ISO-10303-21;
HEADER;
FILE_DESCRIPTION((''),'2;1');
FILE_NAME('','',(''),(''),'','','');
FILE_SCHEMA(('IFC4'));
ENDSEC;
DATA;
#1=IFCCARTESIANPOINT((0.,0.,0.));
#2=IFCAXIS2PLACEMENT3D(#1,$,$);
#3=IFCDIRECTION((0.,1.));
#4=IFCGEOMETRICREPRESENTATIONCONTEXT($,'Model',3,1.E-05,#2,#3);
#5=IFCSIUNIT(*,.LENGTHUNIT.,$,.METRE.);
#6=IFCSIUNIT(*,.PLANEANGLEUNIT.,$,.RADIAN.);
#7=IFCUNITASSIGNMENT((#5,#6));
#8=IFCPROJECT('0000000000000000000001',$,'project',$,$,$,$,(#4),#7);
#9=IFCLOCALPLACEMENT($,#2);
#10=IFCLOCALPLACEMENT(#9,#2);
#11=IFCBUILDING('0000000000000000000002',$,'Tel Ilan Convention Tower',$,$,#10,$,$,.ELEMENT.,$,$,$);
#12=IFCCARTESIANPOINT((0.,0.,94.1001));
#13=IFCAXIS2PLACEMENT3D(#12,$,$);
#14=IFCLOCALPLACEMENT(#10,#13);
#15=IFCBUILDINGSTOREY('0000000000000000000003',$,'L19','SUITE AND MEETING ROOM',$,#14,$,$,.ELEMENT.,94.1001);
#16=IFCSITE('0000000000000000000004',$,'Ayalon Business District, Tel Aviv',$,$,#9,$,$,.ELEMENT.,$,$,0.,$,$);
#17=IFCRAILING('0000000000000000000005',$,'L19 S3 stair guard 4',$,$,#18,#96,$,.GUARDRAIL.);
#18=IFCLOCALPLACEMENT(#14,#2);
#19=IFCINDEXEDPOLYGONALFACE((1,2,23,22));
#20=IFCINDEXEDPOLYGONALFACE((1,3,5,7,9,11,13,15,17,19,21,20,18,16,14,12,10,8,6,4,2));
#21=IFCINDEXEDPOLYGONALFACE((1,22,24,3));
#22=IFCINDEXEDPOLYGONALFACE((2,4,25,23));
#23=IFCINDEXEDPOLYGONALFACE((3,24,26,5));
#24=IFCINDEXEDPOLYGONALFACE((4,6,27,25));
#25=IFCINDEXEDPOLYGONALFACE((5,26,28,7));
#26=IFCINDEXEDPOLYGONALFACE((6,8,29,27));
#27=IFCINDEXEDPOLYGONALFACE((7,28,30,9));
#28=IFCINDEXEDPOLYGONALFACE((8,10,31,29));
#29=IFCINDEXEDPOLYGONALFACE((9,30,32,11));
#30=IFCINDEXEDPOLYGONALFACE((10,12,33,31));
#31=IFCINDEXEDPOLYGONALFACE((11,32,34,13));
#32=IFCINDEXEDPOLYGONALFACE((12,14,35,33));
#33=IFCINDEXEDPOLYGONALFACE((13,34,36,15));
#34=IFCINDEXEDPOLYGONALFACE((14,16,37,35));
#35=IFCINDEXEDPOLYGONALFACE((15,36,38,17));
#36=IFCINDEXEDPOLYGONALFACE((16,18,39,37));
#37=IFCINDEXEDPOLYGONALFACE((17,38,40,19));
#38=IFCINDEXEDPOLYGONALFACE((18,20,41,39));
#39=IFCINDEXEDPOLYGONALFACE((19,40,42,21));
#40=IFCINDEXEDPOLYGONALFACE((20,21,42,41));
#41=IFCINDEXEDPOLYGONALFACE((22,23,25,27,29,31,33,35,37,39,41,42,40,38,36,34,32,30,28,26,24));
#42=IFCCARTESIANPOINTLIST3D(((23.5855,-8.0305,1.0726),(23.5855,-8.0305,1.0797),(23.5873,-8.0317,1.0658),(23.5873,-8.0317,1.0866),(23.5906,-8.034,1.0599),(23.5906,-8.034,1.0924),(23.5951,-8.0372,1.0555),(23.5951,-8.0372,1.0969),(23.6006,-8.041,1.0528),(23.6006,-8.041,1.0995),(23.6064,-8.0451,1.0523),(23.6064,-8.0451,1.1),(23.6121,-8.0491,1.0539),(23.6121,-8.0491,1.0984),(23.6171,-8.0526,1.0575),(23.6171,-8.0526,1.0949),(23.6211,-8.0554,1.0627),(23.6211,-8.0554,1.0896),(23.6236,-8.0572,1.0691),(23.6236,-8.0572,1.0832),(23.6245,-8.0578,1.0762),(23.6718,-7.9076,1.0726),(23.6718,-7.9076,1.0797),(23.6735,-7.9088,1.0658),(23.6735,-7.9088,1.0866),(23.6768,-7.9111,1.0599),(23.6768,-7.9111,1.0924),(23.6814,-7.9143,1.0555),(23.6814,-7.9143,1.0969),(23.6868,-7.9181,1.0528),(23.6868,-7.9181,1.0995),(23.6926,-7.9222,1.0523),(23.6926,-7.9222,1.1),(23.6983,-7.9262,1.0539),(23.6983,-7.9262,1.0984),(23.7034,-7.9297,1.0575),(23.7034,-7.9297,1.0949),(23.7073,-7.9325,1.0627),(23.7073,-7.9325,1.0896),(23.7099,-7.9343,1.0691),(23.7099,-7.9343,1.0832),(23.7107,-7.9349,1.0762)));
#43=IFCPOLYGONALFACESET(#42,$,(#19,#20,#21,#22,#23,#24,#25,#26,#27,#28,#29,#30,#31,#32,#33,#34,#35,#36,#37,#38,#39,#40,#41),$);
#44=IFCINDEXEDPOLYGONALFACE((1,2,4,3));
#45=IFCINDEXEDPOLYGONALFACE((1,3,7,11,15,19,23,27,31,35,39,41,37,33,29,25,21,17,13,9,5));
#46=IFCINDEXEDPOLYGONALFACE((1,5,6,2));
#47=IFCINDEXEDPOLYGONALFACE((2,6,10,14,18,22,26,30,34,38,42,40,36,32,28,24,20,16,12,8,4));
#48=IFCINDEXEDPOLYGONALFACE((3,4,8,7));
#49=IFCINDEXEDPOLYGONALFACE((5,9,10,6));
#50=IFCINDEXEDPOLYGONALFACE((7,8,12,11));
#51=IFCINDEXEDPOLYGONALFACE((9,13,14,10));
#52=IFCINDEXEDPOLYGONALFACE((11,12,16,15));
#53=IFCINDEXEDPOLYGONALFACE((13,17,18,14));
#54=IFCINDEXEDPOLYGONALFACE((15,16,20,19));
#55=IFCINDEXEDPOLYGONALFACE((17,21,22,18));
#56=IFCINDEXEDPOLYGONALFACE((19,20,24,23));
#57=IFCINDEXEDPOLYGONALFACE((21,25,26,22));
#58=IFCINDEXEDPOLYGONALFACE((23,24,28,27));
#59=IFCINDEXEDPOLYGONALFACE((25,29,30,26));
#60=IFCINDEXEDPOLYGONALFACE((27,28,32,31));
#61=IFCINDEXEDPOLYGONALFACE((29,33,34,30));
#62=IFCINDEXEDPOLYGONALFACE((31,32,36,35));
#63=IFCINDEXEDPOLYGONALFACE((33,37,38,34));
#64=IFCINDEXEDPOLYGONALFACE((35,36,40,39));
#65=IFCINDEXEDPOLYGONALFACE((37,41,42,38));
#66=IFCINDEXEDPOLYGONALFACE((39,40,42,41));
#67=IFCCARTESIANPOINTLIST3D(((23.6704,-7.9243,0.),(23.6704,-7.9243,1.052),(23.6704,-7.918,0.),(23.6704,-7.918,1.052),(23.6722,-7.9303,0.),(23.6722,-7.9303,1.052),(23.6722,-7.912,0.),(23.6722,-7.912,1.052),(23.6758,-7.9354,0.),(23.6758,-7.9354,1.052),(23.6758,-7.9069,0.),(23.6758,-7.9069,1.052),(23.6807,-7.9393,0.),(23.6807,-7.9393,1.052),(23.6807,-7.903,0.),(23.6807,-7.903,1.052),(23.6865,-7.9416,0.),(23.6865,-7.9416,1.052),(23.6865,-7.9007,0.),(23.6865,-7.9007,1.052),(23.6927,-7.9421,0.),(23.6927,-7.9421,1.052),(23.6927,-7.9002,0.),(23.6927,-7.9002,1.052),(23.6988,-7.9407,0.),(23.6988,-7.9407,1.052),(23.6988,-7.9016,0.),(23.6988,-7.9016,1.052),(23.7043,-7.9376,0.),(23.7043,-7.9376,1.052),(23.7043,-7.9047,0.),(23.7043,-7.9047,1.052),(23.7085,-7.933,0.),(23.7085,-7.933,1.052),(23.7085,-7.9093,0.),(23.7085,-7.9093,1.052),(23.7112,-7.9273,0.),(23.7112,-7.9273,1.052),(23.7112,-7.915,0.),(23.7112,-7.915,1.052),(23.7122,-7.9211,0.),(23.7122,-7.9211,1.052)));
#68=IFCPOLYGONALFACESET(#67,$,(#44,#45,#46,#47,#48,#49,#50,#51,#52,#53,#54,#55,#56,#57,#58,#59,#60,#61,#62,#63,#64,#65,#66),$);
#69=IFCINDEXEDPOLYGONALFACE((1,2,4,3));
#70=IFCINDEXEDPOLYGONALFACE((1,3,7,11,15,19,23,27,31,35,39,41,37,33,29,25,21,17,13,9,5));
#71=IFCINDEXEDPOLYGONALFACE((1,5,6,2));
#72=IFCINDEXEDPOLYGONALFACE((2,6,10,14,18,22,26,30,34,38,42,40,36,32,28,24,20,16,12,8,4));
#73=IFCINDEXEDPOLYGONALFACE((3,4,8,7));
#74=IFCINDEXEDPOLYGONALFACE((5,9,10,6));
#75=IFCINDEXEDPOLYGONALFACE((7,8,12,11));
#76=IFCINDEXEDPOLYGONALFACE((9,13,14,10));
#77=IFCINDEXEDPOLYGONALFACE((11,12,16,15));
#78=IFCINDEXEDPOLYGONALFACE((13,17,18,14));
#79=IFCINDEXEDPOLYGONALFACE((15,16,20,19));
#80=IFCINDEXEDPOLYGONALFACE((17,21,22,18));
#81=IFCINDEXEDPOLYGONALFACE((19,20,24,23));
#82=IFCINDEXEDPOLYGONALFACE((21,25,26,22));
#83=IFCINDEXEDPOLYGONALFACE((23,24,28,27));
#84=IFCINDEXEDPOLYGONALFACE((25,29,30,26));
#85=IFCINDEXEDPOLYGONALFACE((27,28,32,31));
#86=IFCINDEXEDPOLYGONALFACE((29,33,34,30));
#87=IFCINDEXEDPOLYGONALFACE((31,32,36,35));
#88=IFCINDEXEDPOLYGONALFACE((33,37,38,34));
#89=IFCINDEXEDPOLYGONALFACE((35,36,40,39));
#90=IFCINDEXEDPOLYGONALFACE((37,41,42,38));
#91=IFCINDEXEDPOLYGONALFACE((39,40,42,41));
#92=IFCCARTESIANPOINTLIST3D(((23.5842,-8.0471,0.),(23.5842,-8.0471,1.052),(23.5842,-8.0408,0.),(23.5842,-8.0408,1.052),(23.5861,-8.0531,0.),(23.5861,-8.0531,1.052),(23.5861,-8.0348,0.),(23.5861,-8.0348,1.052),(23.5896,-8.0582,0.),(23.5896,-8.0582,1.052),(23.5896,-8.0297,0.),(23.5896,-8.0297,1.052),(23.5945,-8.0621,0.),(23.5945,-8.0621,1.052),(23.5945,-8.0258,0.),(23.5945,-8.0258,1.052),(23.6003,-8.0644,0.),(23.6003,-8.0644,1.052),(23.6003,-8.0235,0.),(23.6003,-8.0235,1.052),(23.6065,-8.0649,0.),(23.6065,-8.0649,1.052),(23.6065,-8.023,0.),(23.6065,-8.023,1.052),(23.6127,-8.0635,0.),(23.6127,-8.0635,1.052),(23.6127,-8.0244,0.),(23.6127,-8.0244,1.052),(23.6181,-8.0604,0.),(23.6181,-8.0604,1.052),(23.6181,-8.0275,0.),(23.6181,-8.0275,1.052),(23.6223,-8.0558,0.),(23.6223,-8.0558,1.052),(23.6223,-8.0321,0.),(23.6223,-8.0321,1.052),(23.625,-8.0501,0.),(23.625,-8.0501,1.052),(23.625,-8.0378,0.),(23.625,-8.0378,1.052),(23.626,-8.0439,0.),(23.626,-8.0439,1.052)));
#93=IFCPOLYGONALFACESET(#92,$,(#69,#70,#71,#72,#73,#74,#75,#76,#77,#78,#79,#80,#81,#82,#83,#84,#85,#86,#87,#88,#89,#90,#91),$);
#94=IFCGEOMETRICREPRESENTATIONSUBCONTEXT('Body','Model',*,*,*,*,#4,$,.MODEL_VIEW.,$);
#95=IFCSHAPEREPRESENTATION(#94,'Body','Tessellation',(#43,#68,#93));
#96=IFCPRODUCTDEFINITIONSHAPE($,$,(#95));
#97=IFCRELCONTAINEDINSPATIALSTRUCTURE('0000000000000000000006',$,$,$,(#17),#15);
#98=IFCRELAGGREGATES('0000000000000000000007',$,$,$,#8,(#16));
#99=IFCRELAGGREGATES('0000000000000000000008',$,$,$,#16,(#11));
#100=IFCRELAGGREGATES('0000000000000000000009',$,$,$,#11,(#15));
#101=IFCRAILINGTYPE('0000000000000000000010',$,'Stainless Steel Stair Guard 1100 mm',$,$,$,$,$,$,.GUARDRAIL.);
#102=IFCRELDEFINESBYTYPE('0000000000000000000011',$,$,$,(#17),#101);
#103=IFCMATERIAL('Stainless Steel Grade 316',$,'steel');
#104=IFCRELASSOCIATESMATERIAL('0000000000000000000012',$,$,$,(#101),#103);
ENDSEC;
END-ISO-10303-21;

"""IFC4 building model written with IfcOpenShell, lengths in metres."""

from ifc_helpers import new_model, si_unit, direction, frame, origin, origin_2d, place, context, subcontext, project, spatial, circle, extrude, material, type_object, element, save


model = new_model("IFC4")

# Units and contexts
model_context = context("Model", 3, precision=1e-05, world=origin(), true_north=direction((0.0, 1.0)))
body_context = subcontext(model_context, "Body", "Model", "MODEL_VIEW")
ifc_project = project(units=[si_unit("LENGTHUNIT", "METRE"), si_unit("PLANEANGLEUNIT", "RADIAN")], contexts=[model_context])

# Site, building, storey
site_placement = place(None, origin())
site = spatial("IfcSite", under=ifc_project, at=site_placement, Name="Ayalon Business District, Tel Aviv", CompositionType="ELEMENT", RefElevation=0.0)
building_placement = place(site_placement, origin())
building = spatial("IfcBuilding", under=site, at=building_placement, Name="Tel Ilan Convention Tower", CompositionType="ELEMENT")
storey_placement = place(building_placement, frame((0.0, 0.0, 94.1001)))
storey = spatial("IfcBuildingStorey", under=building, at=storey_placement, Name="L19", Description="SUITE AND MEETING ROOM", CompositionType="ELEMENT", Elevation=94.1001)

# Railing
ifc_material_1 = material(Name="Stainless Steel Grade 316", Category="steel")
railing_type_1 = type_object("IfcRailingType", Name="Stainless Steel Stair Guard 1100 mm", PredefinedType="GUARDRAIL", material=ifc_material_1)
railing_1_placement = place(storey_placement, frame((23.6912, -7.9211, 0.0)))
element("IfcRailing", 1, at=railing_1_placement, inside=storey, type_object=railing_type_1, Name="L19 S3 stair guard 4", PredefinedType="GUARDRAIL", context=body_context, shape_type="SweptSolid", body=[
    extrude(circle(Radius=0.0239, at=origin_2d()), frame((0.0, 0.0, 1.0762), z_axis=(-0.574445, -0.818543, 0.0), x_axis=(0.818543, -0.574445, 0.0)), (0.0, 0.0, 1.0), 0.1501),
    extrude(circle(Radius=0.021, at=origin_2d()), origin(), (0.0, 0.0, 1.0), 1.052),
    extrude(circle(Radius=0.021, at=origin_2d()), frame((-0.0862, -0.1228, 0.0)), (0.0, 0.0, 1.0), 1.052),
])

save(model, "model.ifc")
